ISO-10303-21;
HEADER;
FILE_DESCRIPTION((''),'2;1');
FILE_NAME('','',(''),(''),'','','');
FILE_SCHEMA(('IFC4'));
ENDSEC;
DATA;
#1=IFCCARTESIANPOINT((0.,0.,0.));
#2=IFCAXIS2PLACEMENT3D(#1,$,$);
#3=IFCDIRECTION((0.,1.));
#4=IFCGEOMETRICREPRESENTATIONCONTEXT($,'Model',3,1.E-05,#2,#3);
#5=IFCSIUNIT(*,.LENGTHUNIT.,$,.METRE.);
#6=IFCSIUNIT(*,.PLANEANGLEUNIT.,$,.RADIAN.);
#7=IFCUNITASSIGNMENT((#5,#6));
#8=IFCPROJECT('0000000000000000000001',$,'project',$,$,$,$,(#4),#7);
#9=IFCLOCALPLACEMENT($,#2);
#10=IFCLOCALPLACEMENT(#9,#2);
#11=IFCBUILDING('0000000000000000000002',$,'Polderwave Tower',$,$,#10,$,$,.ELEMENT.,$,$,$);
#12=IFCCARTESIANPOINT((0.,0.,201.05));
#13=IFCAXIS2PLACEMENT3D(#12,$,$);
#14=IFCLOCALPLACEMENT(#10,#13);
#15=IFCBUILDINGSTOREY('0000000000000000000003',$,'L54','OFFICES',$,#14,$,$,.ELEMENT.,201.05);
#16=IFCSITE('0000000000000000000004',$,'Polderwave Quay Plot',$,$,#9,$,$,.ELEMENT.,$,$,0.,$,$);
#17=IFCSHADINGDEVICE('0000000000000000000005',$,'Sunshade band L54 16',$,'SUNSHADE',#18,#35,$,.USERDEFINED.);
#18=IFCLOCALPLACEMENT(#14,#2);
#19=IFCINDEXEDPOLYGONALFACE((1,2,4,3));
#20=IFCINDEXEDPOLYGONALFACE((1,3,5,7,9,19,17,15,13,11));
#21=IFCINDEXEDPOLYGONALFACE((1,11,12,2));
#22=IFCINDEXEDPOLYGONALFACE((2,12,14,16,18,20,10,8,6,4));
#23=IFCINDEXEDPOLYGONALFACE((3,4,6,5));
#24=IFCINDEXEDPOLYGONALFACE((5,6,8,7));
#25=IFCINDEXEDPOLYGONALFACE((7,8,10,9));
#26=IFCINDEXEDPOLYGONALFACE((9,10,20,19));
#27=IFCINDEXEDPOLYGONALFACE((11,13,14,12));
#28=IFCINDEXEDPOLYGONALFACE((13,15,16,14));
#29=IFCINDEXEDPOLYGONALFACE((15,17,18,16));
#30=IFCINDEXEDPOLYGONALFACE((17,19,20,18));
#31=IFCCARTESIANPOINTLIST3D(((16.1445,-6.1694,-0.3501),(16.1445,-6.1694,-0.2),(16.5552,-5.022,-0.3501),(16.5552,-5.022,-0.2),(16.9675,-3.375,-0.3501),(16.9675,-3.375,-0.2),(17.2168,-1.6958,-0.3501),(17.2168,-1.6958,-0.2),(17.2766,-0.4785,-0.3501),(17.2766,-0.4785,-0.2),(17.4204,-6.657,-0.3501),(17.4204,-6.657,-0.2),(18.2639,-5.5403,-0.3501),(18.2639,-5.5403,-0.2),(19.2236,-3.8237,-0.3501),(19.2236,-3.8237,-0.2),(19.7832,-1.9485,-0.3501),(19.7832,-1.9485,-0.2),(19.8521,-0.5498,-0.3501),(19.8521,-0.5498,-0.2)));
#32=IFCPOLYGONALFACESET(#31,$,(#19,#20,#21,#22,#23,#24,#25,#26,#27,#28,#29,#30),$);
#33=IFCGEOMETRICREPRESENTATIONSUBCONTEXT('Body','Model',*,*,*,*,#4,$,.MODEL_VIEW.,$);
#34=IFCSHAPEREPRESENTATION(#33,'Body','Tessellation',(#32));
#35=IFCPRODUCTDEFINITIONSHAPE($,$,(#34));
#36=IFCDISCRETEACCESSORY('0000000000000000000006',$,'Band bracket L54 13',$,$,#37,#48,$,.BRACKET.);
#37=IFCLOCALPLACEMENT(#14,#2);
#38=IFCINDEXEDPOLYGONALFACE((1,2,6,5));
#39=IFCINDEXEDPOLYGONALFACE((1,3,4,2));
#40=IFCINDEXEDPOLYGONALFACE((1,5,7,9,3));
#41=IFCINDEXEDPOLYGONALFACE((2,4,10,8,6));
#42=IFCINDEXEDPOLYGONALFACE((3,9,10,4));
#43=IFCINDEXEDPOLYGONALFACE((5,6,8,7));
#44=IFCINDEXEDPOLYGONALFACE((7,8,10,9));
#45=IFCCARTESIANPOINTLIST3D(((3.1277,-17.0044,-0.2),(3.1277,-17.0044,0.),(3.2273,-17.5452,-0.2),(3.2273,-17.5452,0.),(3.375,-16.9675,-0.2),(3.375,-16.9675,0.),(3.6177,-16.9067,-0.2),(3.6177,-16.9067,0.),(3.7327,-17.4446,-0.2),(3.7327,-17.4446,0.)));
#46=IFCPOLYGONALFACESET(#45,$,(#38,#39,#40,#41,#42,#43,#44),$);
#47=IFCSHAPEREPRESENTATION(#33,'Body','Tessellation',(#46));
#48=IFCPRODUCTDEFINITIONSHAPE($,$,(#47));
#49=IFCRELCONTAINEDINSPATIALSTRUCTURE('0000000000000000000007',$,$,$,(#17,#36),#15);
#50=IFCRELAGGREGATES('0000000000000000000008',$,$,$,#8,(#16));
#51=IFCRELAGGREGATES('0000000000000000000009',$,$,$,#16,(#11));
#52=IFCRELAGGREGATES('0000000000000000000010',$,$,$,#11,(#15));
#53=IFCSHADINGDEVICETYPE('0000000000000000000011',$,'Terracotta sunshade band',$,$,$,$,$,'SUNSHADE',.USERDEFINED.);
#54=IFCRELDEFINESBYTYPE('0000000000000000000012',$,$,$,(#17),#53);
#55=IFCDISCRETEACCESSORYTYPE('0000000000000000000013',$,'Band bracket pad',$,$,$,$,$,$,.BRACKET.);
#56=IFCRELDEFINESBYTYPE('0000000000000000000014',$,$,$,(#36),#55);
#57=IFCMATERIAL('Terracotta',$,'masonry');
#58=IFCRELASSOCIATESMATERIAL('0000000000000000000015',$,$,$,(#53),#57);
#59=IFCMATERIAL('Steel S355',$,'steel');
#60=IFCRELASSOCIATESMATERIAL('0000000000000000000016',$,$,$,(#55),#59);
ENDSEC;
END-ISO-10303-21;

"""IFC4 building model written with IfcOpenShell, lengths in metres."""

from ifc_helpers import new_model, si_unit, direction, frame, origin, place, context, subcontext, project, spatial, polyline, outline, extrude, material, type_object, element, save


model = new_model("IFC4")

# Units and contexts
model_context = context("Model", 3, precision=1e-05, world=origin(), true_north=direction((0.0, 1.0)))
body_context = subcontext(model_context, "Body", "Model", "MODEL_VIEW")
ifc_project = project(units=[si_unit("LENGTHUNIT", "METRE"), si_unit("PLANEANGLEUNIT", "RADIAN")], contexts=[model_context])

# Site, building, storey
site_placement = place(None, origin())
site = spatial("IfcSite", under=ifc_project, at=site_placement, Name="Polderwave Quay Plot", CompositionType="ELEMENT", RefElevation=0.0)
building_placement = place(site_placement, origin())
building = spatial("IfcBuilding", under=site, at=building_placement, Name="Polderwave Tower", CompositionType="ELEMENT")
storey_placement = place(building_placement, frame((0.0, 0.0, 201.05)))
storey = spatial("IfcBuildingStorey", under=building, at=storey_placement, Name="L54", Description="OFFICES", CompositionType="ELEMENT", Elevation=201.05)

# Shared definitions
ifc_material_1 = material(Name="Steel S355", Category="steel")

# Shading device
ifc_material_2 = material(Name="Terracotta", Category="masonry")
shading_device_type = type_object("IfcShadingDeviceType", Name="Terracotta sunshade band", ElementType="SUNSHADE", PredefinedType="USERDEFINED", material=ifc_material_2)
shading_device_1_placement = place(storey_placement, frame((0.0, 0.0, -0.3501)))
element("IfcShadingDevice", 1, at=shading_device_1_placement, inside=storey, type_object=shading_device_type, Name="Sunshade band L54 16", ObjectType="SUNSHADE", PredefinedType="USERDEFINED", context=body_context, shape_type="SweptSolid", body=[
    extrude(outline(polyline([(16.1445, -6.1694), (16.5552, -5.022), (16.9675, -3.375), (17.2168, -1.6958), (17.2766, -0.4785), (19.8521, -0.5498), (19.7832, -1.9485), (19.2236, -3.8237), (18.2639, -5.5403), (17.4204, -6.657), (16.1445, -6.1694)])), origin(), (0.0, 0.0, 1.0), 0.1501),
])

# Discrete accessory
discrete_accessory_type = type_object("IfcDiscreteAccessoryType", Name="Band bracket pad", PredefinedType="BRACKET", material=ifc_material_1)
discrete_accessory_placement = place(storey_placement, frame((0.0, 0.0, -0.2)))
element("IfcDiscreteAccessory", 2, at=discrete_accessory_placement, inside=storey, type_object=discrete_accessory_type, Name="Band bracket L54 13", PredefinedType="BRACKET", context=body_context, shape_type="SweptSolid", body=[
    extrude(outline(polyline([(3.1277, -17.0044), (3.375, -16.9675), (3.6177, -16.9067), (3.7327, -17.4446), (3.2273, -17.5452), (3.1277, -17.0044)])), origin(), (0.0, 0.0, 1.0), 0.2),
])

save(model, "model.ifc")
